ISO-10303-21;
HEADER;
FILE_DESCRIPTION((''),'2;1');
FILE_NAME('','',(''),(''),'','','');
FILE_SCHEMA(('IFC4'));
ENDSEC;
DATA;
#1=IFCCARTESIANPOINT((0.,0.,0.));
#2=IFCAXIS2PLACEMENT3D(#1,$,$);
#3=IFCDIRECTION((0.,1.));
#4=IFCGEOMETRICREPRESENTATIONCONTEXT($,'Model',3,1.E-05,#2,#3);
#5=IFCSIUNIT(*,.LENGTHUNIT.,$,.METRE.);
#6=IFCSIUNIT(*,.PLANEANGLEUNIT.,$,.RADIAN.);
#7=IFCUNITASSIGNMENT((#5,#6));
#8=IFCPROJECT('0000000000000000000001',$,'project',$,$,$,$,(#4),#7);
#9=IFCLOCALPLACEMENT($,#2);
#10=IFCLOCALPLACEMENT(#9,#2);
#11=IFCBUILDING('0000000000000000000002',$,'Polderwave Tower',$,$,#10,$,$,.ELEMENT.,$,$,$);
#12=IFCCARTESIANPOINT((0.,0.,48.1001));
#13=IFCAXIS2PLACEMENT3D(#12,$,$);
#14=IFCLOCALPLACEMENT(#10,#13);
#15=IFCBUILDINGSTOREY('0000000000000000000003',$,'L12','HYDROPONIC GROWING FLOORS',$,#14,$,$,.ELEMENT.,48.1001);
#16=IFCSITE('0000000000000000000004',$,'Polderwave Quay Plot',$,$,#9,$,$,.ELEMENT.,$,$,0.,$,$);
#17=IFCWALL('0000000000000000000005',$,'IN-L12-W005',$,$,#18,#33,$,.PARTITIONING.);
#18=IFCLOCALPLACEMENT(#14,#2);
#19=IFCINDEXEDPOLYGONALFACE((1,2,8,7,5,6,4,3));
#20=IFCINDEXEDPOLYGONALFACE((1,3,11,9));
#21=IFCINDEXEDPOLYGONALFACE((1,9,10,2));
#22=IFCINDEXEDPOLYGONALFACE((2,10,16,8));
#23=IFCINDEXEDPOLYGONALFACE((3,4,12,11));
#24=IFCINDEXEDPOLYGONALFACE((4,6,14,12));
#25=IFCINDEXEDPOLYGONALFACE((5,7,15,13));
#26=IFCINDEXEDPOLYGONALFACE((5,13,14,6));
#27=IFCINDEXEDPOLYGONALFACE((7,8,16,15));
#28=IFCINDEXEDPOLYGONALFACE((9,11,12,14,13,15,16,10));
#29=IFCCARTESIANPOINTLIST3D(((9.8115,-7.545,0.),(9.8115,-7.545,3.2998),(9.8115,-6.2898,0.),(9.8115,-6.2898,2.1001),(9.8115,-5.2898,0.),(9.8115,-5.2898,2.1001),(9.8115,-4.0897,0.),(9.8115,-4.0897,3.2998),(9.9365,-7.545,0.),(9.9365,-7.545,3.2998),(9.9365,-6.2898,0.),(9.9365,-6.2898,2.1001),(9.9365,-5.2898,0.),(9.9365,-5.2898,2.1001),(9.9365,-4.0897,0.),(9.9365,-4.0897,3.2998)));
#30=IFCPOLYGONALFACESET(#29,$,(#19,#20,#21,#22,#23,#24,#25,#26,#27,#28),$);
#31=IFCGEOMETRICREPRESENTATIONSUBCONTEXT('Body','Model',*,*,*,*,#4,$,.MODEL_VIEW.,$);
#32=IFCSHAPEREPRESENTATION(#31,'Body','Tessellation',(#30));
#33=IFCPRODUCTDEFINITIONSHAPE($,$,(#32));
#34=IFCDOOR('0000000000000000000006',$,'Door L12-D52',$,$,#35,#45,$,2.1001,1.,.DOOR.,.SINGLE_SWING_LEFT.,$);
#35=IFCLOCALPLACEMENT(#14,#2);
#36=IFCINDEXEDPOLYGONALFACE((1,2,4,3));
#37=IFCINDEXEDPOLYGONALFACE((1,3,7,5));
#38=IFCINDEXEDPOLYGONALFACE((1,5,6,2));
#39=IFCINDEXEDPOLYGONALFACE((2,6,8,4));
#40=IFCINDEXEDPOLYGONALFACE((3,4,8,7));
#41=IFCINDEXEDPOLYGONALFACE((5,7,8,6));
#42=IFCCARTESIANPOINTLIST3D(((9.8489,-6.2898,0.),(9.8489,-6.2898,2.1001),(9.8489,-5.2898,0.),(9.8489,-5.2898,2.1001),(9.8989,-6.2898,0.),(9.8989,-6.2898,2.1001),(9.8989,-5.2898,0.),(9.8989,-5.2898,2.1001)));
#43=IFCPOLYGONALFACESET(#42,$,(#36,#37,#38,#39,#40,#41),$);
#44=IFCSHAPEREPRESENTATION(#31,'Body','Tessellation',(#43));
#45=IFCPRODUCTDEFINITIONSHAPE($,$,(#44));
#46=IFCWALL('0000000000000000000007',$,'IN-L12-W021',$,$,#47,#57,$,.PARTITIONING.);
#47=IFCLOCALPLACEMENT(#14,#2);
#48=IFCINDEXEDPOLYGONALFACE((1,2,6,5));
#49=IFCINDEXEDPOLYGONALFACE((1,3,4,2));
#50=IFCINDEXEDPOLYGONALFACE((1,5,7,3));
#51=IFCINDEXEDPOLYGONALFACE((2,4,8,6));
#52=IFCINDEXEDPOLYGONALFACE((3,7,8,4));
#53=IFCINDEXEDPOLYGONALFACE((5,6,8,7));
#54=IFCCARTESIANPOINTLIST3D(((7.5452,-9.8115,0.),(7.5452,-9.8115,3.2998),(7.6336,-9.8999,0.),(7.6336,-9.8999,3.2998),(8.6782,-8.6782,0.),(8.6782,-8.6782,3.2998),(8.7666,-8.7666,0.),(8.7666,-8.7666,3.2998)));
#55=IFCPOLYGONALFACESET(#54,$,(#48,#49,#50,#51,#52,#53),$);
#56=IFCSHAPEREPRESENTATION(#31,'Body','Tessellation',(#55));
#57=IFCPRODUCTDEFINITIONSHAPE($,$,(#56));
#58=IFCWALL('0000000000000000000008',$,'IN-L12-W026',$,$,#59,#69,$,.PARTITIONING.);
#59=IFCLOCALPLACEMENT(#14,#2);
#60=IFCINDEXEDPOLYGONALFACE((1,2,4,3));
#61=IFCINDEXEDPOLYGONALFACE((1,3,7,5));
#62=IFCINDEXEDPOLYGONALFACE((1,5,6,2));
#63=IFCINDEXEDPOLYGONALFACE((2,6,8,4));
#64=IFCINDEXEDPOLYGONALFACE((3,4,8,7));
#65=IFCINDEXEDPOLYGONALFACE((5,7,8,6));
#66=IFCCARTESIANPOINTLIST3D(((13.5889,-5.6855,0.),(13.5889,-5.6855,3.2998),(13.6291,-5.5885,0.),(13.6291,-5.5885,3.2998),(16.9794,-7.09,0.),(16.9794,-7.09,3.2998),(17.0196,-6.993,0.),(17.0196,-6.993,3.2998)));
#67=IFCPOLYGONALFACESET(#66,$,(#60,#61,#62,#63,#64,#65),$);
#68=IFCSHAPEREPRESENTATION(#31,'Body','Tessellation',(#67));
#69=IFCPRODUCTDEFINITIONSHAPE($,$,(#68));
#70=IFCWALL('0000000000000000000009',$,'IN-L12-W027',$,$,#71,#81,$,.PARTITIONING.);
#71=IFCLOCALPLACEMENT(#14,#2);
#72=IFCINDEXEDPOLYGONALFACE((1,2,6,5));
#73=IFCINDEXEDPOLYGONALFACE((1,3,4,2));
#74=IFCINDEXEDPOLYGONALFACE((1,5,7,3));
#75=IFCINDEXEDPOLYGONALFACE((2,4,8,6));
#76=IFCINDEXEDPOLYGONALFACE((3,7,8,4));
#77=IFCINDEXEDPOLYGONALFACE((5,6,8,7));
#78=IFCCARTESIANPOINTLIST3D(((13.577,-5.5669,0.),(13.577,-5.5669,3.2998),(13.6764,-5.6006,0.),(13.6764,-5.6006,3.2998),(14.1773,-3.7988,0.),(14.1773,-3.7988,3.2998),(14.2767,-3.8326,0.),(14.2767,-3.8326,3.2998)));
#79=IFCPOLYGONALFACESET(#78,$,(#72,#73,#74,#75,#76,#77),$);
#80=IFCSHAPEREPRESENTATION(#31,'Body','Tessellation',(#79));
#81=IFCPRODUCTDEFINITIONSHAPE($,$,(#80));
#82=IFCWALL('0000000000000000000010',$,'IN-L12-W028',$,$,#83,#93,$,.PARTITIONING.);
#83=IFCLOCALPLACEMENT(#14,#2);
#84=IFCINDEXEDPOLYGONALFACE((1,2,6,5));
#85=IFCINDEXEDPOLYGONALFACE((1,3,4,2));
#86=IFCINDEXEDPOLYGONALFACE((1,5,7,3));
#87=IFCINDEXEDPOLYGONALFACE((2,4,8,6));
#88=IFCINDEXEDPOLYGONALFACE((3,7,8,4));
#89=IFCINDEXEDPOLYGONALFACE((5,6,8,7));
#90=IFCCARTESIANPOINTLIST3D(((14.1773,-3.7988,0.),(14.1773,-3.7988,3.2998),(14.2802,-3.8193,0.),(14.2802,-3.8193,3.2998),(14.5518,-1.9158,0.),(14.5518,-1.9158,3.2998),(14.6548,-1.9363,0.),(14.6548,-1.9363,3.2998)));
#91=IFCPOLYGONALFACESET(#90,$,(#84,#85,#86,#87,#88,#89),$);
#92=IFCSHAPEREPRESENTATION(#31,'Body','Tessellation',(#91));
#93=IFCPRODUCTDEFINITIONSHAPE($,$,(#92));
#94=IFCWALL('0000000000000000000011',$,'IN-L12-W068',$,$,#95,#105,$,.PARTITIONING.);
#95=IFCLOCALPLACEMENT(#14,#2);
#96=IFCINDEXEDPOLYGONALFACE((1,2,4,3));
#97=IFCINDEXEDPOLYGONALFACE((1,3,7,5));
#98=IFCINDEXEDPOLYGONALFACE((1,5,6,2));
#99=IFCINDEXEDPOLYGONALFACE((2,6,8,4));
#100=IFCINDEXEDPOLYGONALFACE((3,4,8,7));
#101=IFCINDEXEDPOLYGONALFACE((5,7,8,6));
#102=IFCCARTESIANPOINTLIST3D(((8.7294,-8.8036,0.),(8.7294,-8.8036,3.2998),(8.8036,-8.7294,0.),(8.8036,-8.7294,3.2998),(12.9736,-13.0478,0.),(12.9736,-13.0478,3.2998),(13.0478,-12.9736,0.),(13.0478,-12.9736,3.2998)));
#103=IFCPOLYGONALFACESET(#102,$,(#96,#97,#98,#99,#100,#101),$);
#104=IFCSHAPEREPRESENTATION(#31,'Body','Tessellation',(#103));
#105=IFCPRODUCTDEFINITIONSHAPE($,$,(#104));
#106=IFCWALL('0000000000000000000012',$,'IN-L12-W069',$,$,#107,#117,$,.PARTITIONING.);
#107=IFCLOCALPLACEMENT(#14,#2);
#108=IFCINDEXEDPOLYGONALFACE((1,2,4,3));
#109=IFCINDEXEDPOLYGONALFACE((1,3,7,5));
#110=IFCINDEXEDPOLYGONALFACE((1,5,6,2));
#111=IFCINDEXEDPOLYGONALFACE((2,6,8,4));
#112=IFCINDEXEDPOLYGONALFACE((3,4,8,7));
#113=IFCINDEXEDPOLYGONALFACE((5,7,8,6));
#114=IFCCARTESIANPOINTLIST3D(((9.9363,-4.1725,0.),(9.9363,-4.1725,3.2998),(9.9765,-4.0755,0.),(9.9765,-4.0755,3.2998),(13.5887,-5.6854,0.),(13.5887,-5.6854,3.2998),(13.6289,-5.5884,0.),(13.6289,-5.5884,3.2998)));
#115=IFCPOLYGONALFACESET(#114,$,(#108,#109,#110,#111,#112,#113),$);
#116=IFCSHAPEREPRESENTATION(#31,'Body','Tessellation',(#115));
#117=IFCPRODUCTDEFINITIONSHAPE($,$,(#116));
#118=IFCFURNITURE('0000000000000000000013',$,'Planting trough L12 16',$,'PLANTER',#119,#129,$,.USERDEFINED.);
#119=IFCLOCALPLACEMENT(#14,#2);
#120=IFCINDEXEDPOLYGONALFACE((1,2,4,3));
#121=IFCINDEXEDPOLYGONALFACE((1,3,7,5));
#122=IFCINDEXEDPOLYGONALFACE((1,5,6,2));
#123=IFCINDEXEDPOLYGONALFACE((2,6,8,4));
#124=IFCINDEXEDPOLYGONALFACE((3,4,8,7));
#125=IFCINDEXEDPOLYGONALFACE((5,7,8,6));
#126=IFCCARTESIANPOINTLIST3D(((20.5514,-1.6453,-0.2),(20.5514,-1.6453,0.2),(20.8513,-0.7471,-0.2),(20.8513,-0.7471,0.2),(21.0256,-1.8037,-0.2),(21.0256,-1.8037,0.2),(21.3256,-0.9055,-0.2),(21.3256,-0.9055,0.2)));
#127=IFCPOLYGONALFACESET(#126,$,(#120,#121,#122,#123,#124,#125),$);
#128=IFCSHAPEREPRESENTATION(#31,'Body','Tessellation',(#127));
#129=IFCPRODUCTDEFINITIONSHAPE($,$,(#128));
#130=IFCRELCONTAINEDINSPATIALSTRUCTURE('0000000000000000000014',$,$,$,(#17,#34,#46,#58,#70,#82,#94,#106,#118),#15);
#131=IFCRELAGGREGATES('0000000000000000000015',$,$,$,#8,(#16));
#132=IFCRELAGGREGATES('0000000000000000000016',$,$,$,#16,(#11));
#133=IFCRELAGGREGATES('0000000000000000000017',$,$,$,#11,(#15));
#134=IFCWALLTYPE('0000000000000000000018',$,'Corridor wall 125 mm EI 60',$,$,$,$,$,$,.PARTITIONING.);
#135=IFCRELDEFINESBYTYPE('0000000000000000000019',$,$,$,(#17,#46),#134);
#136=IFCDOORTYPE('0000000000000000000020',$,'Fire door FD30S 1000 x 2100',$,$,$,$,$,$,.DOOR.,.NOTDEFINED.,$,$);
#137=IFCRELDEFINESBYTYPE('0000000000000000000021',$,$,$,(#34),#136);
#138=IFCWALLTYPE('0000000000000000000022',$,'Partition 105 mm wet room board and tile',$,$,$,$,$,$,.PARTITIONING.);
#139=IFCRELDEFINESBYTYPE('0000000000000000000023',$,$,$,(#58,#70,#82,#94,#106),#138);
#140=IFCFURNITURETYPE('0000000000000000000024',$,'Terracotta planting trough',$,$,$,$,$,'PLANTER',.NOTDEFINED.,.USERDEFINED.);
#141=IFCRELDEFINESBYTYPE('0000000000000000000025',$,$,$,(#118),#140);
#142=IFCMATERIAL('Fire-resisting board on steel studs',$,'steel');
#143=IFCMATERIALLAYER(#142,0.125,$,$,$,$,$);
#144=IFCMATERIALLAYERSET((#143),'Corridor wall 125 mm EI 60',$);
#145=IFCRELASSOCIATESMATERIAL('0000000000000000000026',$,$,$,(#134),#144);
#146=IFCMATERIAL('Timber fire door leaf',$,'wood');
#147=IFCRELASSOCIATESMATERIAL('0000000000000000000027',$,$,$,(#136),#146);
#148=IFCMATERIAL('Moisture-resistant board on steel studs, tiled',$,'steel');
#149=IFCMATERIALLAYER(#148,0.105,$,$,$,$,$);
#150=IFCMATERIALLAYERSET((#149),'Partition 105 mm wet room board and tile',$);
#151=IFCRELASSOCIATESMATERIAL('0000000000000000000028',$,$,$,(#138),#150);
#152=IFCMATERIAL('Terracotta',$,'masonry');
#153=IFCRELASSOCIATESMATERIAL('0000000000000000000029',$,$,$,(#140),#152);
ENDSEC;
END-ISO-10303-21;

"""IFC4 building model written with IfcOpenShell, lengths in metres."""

from ifc_helpers import new_model, si_unit, direction, frame, frame_2d, origin, origin_2d, place, context, subcontext, project, spatial, rectangle, extrude, material, layer, layer_set, type_object, element, fill, save


model = new_model("IFC4")

# Units and contexts
model_context = context("Model", 3, precision=1e-05, world=origin(), true_north=direction((0.0, 1.0)))
body_context = subcontext(model_context, "Body", "Model", "MODEL_VIEW")
ifc_project = project(units=[si_unit("LENGTHUNIT", "METRE"), si_unit("PLANEANGLEUNIT", "RADIAN")], contexts=[model_context])

# Site, building, storey
site_placement = place(None, origin())
site = spatial("IfcSite", under=ifc_project, at=site_placement, Name="Polderwave Quay Plot", CompositionType="ELEMENT", RefElevation=0.0)
building_placement = place(site_placement, origin())
building = spatial("IfcBuilding", under=site, at=building_placement, Name="Polderwave Tower", CompositionType="ELEMENT")
storey_placement = place(building_placement, frame((0.0, 0.0, 48.1001)))
storey = spatial("IfcBuildingStorey", under=building, at=storey_placement, Name="L12", Description="HYDROPONIC GROWING FLOORS", CompositionType="ELEMENT", Elevation=48.1001)

# Shared definitions
ifc_material_1 = material(Name="Fire-resisting board on steel studs", Category="steel")
ifc_layer_1 = layer(ifc_material_1, 0.125)
ifc_layer_set_1 = layer_set([ifc_layer_1], Name="Corridor wall 125 mm EI 60")
wall_type_1 = type_object("IfcWallType", Name="Corridor wall 125 mm EI 60", PredefinedType="PARTITIONING", material=ifc_layer_set_1)

# Wall, opening, door
wall_1_placement = place(storey_placement, frame((9.874, -4.0898, 0.0), z_axis=(0.0, 0.0, 1.0), x_axis=(0.0, -1.0, 0.0)))
wall_1 = element("IfcWall", 1, at=wall_1_placement, inside=storey, type_object=wall_type_1, Name="IN-L12-W005", PredefinedType="PARTITIONING", context=body_context, shape_type="SweptSolid", body=[
    extrude(rectangle(XDim=3.4553, YDim=0.125, at=frame_2d((1.7275, 0.0))), origin(), (0.0, 0.0, 1.0), 3.2998),
])
opening_placement = place(wall_1_placement, frame((1.2, 0.0, 0.0)))
opening = element("IfcOpeningElement", 2, at=opening_placement, cuts=wall_1, PredefinedType="OPENING", context=body_context, shape_type="SweptSolid", body=[
    extrude(rectangle(XDim=1.0, YDim=2.1001, at=frame_2d((0.5, 1.05))), frame((0.0, 0.0725, 0.0), z_axis=(0.0, -1.0, 0.0), x_axis=(1.0, 0.0, 0.0)), (0.0, 0.0, 1.0), 0.145),
])
ifc_material_2 = material(Name="Timber fire door leaf", Category="wood")
door_type = type_object("IfcDoorType", Name="Fire door FD30S 1000 x 2100", OperationType="NOTDEFINED", PredefinedType="DOOR", material=ifc_material_2)
door_placement = place(opening_placement, origin())
door = element("IfcDoor", 3, at=door_placement, inside=storey, type_object=door_type, Name="Door L12-D52", OperationType="SINGLE_SWING_LEFT", OverallHeight=2.1001, OverallWidth=1.0, PredefinedType="DOOR", context=body_context, shape_type="SweptSolid", body=[
    extrude(rectangle(XDim=1.0, YDim=2.1001, at=frame_2d((0.5, 1.05))), frame((0.0, 0.0249, 0.0), z_axis=(0.0, -1.0, 0.0), x_axis=(1.0, 0.0, 0.0)), (0.0, 0.0, 1.0), 0.05),
])
fill(opening, door)

# Walls
wall_2_placement = place(storey_placement, frame((8.7224, -8.7224, 0.0), z_axis=(0.0, 0.0, 1.0), x_axis=(-0.707031, -0.707183, 0.0)))
element("IfcWall", 4, at=wall_2_placement, inside=storey, type_object=wall_type_1, Name="IN-L12-W021", PredefinedType="PARTITIONING", context=body_context, shape_type="SweptSolid", body=[
    extrude(rectangle(XDim=1.6025, YDim=0.125, at=frame_2d((0.8013, 0.0))), origin(), (0.0, 0.0, 1.0), 3.2998),
])
ifc_material_3 = material(Name="Moisture-resistant board on steel studs, tiled", Category="steel")
ifc_layer_2 = layer(ifc_material_3, 0.105)
ifc_layer_set_2 = layer_set([ifc_layer_2], Name="Partition 105 mm wet room board and tile")
wall_type_2 = type_object("IfcWallType", Name="Partition 105 mm wet room board and tile", PredefinedType="PARTITIONING", material=ifc_layer_set_2)
wall_3_placement = place(storey_placement, frame((16.9995, -7.0415, 0.0), z_axis=(0.0, 0.0, 1.0), x_axis=(-0.92387, 0.382706, 0.0)))
element("IfcWall", 5, at=wall_3_placement, inside=storey, type_object=wall_type_2, Name="IN-L12-W026", PredefinedType="PARTITIONING", context=body_context, shape_type="SweptSolid", body=[
    extrude(rectangle(XDim=3.6699, YDim=0.105, at=frame_2d((1.835, 0.0))), origin(), (0.0, 0.0, 1.0), 3.2998),
])
wall_4_placement = place(storey_placement, frame((13.6267, -5.5837, 0.0), z_axis=(0.0, 0.0, 1.0), x_axis=(0.321518, 0.946903, 0.0)))
element("IfcWall", 6, at=wall_4_placement, inside=storey, type_object=wall_type_2, Name="IN-L12-W027", PredefinedType="PARTITIONING", context=body_context, shape_type="SweptSolid", body=[
    extrude(rectangle(XDim=1.8672, YDim=0.105, at=frame_2d((0.9336, 0.0))), origin(), (0.0, 0.0, 1.0), 3.2998),
])
wall_5_placement = place(storey_placement, frame((14.2288, -3.8091, 0.0), z_axis=(0.0, 0.0, 1.0), x_axis=(0.195065, 0.98079, 0.0)))
element("IfcWall", 7, at=wall_5_placement, inside=storey, type_object=wall_type_2, Name="IN-L12-W028", PredefinedType="PARTITIONING", context=body_context, shape_type="SweptSolid", body=[
    extrude(rectangle(XDim=1.9199, YDim=0.105, at=frame_2d((0.96, 0.0))), origin(), (0.0, 0.0, 1.0), 3.2998),
])
wall_6_placement = place(storey_placement, frame((8.7666, -8.7666, 0.0), z_axis=(0.0, 0.0, 1.0), x_axis=(0.707107, -0.707107, 0.0)))
element("IfcWall", 8, at=wall_6_placement, inside=storey, type_object=wall_type_2, Name="IN-L12-W068", PredefinedType="PARTITIONING", context=body_context, shape_type="SweptSolid", body=[
    extrude(rectangle(XDim=6.0022, YDim=0.105, at=frame_2d((3.001, 0.0))), origin(), (0.0, 0.0, 1.0), 3.2998),
])
wall_7_placement = place(storey_placement, frame((9.9565, -4.124, 0.0), z_axis=(0.0, 0.0, 1.0), x_axis=(0.923872, -0.382703, 0.0)))
element("IfcWall", 9, at=wall_7_placement, inside=storey, type_object=wall_type_2, Name="IN-L12-W069", PredefinedType="PARTITIONING", context=body_context, shape_type="SweptSolid", body=[
    extrude(rectangle(XDim=3.9534, YDim=0.105, at=frame_2d((1.9766, 0.0))), origin(), (0.0, 0.0, 1.0), 3.2998),
])

# Furniture
ifc_material_4 = material(Name="Terracotta", Category="masonry")
furniture_type = type_object("IfcFurnitureType", Name="Terracotta planting trough", ElementType="PLANTER", AssemblyPlace="NOTDEFINED", PredefinedType="USERDEFINED", material=ifc_material_4)
furniture_placement = place(storey_placement, frame((20.9385, -1.2754, -0.2), z_axis=(0.0, 0.0, 1.0), x_axis=(0.316763, 0.948505, 0.0)))
element("IfcFurniture", 10, at=furniture_placement, inside=storey, type_object=furniture_type, Name="Planting trough L12 16", ObjectType="PLANTER", PredefinedType="USERDEFINED", context=body_context, shape_type="SweptSolid", body=[
    extrude(rectangle(XDim=0.947, YDim=0.5, at=origin_2d()), origin(), (0.0, 0.0, 1.0), 0.3999),
])

save(model, "model.ifc")
